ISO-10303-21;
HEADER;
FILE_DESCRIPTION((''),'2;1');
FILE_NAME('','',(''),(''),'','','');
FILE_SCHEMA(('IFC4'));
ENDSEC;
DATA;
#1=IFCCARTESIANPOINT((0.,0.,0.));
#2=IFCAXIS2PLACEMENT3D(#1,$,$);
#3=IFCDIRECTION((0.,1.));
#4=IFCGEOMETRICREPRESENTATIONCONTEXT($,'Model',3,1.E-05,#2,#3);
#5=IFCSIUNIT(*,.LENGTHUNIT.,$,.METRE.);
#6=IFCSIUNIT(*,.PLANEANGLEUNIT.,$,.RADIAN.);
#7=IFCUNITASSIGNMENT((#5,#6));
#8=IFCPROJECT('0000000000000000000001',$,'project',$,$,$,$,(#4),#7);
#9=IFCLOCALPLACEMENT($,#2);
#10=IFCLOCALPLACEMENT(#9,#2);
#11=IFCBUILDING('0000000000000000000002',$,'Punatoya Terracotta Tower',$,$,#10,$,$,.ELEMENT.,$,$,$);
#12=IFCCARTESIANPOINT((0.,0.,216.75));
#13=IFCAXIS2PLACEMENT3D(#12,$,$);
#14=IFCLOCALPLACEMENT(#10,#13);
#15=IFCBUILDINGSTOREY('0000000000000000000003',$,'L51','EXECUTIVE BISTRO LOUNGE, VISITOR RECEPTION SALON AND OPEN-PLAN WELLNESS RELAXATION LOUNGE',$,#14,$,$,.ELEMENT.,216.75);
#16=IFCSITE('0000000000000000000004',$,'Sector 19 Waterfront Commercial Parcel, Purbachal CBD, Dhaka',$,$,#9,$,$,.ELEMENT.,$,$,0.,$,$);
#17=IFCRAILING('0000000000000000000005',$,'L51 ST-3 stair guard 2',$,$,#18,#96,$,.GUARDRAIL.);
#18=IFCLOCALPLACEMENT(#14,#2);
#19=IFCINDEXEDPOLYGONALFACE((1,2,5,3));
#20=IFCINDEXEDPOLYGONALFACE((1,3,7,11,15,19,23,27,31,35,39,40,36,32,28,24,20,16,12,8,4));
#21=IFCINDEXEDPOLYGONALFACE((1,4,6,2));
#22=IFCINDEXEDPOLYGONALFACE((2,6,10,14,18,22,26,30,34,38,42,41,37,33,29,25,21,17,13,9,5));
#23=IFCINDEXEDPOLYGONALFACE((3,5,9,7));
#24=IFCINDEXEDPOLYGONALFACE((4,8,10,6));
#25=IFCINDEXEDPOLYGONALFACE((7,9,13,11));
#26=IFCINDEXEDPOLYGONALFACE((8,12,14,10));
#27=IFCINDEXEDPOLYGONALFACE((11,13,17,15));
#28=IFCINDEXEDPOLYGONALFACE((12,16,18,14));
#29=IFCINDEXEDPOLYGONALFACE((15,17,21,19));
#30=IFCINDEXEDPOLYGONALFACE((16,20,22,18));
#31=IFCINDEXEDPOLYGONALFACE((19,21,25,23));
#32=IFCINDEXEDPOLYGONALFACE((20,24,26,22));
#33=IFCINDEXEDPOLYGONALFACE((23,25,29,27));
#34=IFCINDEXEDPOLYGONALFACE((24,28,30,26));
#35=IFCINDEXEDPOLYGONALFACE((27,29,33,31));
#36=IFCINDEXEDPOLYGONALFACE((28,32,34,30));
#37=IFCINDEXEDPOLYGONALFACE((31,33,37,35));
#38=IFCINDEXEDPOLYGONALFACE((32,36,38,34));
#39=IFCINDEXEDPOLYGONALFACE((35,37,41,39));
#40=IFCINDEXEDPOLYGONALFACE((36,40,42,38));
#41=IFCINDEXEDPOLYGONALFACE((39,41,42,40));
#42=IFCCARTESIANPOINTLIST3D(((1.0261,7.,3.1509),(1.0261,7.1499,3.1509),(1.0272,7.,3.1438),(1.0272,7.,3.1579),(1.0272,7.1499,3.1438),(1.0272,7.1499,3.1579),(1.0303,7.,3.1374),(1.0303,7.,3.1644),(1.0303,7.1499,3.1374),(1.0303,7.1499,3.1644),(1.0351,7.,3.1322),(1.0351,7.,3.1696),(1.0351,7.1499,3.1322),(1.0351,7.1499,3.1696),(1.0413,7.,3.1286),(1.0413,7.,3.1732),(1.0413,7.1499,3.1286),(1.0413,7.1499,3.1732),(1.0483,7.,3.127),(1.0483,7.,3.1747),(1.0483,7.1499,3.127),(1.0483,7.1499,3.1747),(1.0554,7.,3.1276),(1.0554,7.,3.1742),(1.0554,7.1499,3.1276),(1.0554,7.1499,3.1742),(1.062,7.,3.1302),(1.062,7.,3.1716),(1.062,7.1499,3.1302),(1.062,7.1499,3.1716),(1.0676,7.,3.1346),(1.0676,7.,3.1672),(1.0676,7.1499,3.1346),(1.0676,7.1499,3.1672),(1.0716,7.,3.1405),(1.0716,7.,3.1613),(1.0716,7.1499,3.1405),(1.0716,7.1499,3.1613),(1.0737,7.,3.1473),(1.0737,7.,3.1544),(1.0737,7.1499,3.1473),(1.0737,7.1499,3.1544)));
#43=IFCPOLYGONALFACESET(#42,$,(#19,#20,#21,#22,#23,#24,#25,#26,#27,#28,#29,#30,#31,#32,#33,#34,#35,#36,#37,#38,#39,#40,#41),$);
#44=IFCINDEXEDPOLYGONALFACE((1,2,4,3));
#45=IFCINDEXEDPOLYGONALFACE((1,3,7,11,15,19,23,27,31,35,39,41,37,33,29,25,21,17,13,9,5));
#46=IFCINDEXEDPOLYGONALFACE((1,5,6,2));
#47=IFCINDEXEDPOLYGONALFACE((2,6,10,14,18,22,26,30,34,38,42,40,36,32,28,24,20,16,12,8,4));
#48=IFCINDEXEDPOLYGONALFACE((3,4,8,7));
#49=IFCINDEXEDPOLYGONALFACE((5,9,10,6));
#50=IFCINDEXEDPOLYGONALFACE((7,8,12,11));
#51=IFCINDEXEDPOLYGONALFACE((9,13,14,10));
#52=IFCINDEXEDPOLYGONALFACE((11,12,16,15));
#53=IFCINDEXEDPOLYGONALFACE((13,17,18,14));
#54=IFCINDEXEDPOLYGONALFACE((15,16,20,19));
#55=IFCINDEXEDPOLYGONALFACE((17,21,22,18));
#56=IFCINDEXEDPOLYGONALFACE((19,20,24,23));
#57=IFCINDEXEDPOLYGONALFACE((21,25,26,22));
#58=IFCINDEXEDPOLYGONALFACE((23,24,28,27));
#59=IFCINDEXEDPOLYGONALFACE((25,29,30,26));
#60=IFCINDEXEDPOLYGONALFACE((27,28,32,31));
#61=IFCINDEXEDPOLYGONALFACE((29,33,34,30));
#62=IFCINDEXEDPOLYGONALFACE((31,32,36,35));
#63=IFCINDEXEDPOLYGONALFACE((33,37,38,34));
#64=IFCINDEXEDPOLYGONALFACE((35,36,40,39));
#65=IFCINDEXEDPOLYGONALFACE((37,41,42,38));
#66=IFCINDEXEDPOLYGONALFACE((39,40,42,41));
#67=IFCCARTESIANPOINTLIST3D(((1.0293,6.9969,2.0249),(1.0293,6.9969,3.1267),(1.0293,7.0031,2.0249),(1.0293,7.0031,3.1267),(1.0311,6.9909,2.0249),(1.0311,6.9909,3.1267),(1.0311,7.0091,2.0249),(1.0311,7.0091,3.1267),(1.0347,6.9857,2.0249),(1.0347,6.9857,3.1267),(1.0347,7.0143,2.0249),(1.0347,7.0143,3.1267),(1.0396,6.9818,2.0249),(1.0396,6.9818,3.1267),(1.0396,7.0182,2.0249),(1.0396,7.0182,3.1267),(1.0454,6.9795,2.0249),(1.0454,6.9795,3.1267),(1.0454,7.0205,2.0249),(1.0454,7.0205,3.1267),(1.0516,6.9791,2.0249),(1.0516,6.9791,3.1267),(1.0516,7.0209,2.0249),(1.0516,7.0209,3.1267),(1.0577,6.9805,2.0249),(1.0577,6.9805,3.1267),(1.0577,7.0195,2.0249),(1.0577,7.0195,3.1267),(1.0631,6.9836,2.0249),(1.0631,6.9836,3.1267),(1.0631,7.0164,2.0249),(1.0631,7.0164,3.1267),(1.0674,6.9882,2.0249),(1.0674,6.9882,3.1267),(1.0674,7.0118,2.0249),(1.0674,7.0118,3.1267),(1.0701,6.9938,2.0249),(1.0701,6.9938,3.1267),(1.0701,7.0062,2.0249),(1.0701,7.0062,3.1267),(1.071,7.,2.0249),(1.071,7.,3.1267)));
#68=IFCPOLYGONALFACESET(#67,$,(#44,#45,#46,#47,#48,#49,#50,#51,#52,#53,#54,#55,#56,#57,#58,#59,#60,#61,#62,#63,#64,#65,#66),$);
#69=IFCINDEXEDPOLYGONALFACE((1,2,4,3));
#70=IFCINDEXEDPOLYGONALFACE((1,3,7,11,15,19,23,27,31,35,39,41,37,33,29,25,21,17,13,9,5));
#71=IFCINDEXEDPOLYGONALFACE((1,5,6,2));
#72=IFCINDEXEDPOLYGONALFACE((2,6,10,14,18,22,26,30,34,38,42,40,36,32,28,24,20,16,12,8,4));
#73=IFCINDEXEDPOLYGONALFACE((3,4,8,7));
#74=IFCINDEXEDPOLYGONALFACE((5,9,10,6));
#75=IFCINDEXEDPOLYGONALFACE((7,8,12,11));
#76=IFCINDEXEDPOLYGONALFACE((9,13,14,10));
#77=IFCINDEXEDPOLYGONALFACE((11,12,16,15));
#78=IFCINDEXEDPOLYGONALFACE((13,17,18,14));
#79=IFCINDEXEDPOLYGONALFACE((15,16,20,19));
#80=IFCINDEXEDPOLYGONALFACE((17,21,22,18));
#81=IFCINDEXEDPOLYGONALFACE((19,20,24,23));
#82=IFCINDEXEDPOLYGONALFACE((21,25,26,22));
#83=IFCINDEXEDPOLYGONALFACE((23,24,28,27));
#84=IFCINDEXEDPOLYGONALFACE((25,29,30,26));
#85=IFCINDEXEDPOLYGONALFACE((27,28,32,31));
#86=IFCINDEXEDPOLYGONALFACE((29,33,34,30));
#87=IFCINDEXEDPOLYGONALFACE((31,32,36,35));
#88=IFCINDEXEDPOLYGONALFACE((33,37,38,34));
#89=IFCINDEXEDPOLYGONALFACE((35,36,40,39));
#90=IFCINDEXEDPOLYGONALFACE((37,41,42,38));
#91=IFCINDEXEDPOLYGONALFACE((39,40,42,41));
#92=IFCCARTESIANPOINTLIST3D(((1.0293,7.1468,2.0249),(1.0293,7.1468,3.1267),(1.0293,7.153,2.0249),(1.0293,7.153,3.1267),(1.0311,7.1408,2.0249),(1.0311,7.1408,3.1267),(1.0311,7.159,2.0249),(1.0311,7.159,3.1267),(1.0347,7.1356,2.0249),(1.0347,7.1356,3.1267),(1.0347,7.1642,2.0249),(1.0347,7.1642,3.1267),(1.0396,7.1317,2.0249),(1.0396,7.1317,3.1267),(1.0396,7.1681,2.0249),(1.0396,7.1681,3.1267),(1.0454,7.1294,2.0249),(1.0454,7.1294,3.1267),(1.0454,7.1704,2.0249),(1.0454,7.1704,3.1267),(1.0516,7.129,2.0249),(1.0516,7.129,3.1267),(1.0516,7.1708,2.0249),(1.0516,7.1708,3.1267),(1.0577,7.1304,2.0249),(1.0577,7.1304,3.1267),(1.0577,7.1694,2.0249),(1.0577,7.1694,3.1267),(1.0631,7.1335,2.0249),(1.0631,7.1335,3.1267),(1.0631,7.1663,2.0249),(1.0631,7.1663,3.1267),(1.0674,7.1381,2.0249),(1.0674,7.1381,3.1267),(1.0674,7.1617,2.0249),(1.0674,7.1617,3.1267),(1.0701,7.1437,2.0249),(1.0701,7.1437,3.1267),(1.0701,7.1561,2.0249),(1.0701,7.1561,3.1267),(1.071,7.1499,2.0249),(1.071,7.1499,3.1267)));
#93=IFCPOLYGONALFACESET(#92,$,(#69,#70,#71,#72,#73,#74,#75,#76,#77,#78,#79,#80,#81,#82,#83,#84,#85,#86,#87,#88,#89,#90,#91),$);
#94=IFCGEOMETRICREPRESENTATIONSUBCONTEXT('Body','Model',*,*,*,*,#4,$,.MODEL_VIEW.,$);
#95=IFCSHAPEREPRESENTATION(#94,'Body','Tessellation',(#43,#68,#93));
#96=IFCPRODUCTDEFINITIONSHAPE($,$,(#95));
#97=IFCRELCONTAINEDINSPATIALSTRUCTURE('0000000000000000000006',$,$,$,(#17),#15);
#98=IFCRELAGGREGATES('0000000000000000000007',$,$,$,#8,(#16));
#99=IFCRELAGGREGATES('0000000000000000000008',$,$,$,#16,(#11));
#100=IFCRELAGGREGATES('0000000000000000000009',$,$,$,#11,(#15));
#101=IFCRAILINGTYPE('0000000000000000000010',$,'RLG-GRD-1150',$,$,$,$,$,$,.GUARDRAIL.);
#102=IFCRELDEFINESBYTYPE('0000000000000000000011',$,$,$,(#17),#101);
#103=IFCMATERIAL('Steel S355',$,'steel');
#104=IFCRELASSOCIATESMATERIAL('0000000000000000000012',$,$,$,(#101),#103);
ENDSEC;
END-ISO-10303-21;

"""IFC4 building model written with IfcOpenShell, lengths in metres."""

from ifc_helpers import new_model, si_unit, direction, frame, origin, origin_2d, place, context, subcontext, project, spatial, circle, extrude, material, type_object, element, save


model = new_model("IFC4")

# Units and contexts
model_context = context("Model", 3, precision=1e-05, world=origin(), true_north=direction((0.0, 1.0)))
body_context = subcontext(model_context, "Body", "Model", "MODEL_VIEW")
ifc_project = project(units=[si_unit("LENGTHUNIT", "METRE"), si_unit("PLANEANGLEUNIT", "RADIAN")], contexts=[model_context])

# Site, building, storey
site_placement = place(None, origin())
site = spatial("IfcSite", under=ifc_project, at=site_placement, Name="Sector 19 Waterfront Commercial Parcel, Purbachal CBD, Dhaka", CompositionType="ELEMENT", RefElevation=0.0)
building_placement = place(site_placement, origin())
building = spatial("IfcBuilding", under=site, at=building_placement, Name="Punatoya Terracotta Tower", CompositionType="ELEMENT")
storey_placement = place(building_placement, frame((0.0, 0.0, 216.75)))
storey = spatial("IfcBuildingStorey", under=building, at=storey_placement, Name="L51", Description="EXECUTIVE BISTRO LOUNGE, VISITOR RECEPTION SALON AND OPEN-PLAN WELLNESS RELAXATION LOUNGE", CompositionType="ELEMENT", Elevation=216.75)

# Shared definitions
ifc_material_1 = material(Name="Steel S355", Category="steel")

# Railing
railing_type_1 = type_object("IfcRailingType", Name="RLG-GRD-1150", PredefinedType="GUARDRAIL", material=ifc_material_1)
railing_1_placement = place(storey_placement, frame((1.05, 7.0, 2.0249)))
element("IfcRailing", 1, at=railing_1_placement, inside=storey, type_object=railing_type_1, Name="L51 ST-3 stair guard 2", PredefinedType="GUARDRAIL", context=body_context, shape_type="SweptSolid", body=[
    extrude(circle(Radius=0.0239, at=origin_2d()), frame((0.0, 0.0, 1.126), z_axis=(0.0, 1.0, 0.0), x_axis=(-1.0, 0.0, 0.0)), (0.0, 0.0, 1.0), 0.1499),
    extrude(circle(Radius=0.021, at=origin_2d()), origin(), (0.0, 0.0, 1.0), 1.1018),
    extrude(circle(Radius=0.021, at=origin_2d()), frame((0.0, 0.1499, 0.0)), (0.0, 0.0, 1.0), 1.1018),
])

save(model, "model.ifc")
